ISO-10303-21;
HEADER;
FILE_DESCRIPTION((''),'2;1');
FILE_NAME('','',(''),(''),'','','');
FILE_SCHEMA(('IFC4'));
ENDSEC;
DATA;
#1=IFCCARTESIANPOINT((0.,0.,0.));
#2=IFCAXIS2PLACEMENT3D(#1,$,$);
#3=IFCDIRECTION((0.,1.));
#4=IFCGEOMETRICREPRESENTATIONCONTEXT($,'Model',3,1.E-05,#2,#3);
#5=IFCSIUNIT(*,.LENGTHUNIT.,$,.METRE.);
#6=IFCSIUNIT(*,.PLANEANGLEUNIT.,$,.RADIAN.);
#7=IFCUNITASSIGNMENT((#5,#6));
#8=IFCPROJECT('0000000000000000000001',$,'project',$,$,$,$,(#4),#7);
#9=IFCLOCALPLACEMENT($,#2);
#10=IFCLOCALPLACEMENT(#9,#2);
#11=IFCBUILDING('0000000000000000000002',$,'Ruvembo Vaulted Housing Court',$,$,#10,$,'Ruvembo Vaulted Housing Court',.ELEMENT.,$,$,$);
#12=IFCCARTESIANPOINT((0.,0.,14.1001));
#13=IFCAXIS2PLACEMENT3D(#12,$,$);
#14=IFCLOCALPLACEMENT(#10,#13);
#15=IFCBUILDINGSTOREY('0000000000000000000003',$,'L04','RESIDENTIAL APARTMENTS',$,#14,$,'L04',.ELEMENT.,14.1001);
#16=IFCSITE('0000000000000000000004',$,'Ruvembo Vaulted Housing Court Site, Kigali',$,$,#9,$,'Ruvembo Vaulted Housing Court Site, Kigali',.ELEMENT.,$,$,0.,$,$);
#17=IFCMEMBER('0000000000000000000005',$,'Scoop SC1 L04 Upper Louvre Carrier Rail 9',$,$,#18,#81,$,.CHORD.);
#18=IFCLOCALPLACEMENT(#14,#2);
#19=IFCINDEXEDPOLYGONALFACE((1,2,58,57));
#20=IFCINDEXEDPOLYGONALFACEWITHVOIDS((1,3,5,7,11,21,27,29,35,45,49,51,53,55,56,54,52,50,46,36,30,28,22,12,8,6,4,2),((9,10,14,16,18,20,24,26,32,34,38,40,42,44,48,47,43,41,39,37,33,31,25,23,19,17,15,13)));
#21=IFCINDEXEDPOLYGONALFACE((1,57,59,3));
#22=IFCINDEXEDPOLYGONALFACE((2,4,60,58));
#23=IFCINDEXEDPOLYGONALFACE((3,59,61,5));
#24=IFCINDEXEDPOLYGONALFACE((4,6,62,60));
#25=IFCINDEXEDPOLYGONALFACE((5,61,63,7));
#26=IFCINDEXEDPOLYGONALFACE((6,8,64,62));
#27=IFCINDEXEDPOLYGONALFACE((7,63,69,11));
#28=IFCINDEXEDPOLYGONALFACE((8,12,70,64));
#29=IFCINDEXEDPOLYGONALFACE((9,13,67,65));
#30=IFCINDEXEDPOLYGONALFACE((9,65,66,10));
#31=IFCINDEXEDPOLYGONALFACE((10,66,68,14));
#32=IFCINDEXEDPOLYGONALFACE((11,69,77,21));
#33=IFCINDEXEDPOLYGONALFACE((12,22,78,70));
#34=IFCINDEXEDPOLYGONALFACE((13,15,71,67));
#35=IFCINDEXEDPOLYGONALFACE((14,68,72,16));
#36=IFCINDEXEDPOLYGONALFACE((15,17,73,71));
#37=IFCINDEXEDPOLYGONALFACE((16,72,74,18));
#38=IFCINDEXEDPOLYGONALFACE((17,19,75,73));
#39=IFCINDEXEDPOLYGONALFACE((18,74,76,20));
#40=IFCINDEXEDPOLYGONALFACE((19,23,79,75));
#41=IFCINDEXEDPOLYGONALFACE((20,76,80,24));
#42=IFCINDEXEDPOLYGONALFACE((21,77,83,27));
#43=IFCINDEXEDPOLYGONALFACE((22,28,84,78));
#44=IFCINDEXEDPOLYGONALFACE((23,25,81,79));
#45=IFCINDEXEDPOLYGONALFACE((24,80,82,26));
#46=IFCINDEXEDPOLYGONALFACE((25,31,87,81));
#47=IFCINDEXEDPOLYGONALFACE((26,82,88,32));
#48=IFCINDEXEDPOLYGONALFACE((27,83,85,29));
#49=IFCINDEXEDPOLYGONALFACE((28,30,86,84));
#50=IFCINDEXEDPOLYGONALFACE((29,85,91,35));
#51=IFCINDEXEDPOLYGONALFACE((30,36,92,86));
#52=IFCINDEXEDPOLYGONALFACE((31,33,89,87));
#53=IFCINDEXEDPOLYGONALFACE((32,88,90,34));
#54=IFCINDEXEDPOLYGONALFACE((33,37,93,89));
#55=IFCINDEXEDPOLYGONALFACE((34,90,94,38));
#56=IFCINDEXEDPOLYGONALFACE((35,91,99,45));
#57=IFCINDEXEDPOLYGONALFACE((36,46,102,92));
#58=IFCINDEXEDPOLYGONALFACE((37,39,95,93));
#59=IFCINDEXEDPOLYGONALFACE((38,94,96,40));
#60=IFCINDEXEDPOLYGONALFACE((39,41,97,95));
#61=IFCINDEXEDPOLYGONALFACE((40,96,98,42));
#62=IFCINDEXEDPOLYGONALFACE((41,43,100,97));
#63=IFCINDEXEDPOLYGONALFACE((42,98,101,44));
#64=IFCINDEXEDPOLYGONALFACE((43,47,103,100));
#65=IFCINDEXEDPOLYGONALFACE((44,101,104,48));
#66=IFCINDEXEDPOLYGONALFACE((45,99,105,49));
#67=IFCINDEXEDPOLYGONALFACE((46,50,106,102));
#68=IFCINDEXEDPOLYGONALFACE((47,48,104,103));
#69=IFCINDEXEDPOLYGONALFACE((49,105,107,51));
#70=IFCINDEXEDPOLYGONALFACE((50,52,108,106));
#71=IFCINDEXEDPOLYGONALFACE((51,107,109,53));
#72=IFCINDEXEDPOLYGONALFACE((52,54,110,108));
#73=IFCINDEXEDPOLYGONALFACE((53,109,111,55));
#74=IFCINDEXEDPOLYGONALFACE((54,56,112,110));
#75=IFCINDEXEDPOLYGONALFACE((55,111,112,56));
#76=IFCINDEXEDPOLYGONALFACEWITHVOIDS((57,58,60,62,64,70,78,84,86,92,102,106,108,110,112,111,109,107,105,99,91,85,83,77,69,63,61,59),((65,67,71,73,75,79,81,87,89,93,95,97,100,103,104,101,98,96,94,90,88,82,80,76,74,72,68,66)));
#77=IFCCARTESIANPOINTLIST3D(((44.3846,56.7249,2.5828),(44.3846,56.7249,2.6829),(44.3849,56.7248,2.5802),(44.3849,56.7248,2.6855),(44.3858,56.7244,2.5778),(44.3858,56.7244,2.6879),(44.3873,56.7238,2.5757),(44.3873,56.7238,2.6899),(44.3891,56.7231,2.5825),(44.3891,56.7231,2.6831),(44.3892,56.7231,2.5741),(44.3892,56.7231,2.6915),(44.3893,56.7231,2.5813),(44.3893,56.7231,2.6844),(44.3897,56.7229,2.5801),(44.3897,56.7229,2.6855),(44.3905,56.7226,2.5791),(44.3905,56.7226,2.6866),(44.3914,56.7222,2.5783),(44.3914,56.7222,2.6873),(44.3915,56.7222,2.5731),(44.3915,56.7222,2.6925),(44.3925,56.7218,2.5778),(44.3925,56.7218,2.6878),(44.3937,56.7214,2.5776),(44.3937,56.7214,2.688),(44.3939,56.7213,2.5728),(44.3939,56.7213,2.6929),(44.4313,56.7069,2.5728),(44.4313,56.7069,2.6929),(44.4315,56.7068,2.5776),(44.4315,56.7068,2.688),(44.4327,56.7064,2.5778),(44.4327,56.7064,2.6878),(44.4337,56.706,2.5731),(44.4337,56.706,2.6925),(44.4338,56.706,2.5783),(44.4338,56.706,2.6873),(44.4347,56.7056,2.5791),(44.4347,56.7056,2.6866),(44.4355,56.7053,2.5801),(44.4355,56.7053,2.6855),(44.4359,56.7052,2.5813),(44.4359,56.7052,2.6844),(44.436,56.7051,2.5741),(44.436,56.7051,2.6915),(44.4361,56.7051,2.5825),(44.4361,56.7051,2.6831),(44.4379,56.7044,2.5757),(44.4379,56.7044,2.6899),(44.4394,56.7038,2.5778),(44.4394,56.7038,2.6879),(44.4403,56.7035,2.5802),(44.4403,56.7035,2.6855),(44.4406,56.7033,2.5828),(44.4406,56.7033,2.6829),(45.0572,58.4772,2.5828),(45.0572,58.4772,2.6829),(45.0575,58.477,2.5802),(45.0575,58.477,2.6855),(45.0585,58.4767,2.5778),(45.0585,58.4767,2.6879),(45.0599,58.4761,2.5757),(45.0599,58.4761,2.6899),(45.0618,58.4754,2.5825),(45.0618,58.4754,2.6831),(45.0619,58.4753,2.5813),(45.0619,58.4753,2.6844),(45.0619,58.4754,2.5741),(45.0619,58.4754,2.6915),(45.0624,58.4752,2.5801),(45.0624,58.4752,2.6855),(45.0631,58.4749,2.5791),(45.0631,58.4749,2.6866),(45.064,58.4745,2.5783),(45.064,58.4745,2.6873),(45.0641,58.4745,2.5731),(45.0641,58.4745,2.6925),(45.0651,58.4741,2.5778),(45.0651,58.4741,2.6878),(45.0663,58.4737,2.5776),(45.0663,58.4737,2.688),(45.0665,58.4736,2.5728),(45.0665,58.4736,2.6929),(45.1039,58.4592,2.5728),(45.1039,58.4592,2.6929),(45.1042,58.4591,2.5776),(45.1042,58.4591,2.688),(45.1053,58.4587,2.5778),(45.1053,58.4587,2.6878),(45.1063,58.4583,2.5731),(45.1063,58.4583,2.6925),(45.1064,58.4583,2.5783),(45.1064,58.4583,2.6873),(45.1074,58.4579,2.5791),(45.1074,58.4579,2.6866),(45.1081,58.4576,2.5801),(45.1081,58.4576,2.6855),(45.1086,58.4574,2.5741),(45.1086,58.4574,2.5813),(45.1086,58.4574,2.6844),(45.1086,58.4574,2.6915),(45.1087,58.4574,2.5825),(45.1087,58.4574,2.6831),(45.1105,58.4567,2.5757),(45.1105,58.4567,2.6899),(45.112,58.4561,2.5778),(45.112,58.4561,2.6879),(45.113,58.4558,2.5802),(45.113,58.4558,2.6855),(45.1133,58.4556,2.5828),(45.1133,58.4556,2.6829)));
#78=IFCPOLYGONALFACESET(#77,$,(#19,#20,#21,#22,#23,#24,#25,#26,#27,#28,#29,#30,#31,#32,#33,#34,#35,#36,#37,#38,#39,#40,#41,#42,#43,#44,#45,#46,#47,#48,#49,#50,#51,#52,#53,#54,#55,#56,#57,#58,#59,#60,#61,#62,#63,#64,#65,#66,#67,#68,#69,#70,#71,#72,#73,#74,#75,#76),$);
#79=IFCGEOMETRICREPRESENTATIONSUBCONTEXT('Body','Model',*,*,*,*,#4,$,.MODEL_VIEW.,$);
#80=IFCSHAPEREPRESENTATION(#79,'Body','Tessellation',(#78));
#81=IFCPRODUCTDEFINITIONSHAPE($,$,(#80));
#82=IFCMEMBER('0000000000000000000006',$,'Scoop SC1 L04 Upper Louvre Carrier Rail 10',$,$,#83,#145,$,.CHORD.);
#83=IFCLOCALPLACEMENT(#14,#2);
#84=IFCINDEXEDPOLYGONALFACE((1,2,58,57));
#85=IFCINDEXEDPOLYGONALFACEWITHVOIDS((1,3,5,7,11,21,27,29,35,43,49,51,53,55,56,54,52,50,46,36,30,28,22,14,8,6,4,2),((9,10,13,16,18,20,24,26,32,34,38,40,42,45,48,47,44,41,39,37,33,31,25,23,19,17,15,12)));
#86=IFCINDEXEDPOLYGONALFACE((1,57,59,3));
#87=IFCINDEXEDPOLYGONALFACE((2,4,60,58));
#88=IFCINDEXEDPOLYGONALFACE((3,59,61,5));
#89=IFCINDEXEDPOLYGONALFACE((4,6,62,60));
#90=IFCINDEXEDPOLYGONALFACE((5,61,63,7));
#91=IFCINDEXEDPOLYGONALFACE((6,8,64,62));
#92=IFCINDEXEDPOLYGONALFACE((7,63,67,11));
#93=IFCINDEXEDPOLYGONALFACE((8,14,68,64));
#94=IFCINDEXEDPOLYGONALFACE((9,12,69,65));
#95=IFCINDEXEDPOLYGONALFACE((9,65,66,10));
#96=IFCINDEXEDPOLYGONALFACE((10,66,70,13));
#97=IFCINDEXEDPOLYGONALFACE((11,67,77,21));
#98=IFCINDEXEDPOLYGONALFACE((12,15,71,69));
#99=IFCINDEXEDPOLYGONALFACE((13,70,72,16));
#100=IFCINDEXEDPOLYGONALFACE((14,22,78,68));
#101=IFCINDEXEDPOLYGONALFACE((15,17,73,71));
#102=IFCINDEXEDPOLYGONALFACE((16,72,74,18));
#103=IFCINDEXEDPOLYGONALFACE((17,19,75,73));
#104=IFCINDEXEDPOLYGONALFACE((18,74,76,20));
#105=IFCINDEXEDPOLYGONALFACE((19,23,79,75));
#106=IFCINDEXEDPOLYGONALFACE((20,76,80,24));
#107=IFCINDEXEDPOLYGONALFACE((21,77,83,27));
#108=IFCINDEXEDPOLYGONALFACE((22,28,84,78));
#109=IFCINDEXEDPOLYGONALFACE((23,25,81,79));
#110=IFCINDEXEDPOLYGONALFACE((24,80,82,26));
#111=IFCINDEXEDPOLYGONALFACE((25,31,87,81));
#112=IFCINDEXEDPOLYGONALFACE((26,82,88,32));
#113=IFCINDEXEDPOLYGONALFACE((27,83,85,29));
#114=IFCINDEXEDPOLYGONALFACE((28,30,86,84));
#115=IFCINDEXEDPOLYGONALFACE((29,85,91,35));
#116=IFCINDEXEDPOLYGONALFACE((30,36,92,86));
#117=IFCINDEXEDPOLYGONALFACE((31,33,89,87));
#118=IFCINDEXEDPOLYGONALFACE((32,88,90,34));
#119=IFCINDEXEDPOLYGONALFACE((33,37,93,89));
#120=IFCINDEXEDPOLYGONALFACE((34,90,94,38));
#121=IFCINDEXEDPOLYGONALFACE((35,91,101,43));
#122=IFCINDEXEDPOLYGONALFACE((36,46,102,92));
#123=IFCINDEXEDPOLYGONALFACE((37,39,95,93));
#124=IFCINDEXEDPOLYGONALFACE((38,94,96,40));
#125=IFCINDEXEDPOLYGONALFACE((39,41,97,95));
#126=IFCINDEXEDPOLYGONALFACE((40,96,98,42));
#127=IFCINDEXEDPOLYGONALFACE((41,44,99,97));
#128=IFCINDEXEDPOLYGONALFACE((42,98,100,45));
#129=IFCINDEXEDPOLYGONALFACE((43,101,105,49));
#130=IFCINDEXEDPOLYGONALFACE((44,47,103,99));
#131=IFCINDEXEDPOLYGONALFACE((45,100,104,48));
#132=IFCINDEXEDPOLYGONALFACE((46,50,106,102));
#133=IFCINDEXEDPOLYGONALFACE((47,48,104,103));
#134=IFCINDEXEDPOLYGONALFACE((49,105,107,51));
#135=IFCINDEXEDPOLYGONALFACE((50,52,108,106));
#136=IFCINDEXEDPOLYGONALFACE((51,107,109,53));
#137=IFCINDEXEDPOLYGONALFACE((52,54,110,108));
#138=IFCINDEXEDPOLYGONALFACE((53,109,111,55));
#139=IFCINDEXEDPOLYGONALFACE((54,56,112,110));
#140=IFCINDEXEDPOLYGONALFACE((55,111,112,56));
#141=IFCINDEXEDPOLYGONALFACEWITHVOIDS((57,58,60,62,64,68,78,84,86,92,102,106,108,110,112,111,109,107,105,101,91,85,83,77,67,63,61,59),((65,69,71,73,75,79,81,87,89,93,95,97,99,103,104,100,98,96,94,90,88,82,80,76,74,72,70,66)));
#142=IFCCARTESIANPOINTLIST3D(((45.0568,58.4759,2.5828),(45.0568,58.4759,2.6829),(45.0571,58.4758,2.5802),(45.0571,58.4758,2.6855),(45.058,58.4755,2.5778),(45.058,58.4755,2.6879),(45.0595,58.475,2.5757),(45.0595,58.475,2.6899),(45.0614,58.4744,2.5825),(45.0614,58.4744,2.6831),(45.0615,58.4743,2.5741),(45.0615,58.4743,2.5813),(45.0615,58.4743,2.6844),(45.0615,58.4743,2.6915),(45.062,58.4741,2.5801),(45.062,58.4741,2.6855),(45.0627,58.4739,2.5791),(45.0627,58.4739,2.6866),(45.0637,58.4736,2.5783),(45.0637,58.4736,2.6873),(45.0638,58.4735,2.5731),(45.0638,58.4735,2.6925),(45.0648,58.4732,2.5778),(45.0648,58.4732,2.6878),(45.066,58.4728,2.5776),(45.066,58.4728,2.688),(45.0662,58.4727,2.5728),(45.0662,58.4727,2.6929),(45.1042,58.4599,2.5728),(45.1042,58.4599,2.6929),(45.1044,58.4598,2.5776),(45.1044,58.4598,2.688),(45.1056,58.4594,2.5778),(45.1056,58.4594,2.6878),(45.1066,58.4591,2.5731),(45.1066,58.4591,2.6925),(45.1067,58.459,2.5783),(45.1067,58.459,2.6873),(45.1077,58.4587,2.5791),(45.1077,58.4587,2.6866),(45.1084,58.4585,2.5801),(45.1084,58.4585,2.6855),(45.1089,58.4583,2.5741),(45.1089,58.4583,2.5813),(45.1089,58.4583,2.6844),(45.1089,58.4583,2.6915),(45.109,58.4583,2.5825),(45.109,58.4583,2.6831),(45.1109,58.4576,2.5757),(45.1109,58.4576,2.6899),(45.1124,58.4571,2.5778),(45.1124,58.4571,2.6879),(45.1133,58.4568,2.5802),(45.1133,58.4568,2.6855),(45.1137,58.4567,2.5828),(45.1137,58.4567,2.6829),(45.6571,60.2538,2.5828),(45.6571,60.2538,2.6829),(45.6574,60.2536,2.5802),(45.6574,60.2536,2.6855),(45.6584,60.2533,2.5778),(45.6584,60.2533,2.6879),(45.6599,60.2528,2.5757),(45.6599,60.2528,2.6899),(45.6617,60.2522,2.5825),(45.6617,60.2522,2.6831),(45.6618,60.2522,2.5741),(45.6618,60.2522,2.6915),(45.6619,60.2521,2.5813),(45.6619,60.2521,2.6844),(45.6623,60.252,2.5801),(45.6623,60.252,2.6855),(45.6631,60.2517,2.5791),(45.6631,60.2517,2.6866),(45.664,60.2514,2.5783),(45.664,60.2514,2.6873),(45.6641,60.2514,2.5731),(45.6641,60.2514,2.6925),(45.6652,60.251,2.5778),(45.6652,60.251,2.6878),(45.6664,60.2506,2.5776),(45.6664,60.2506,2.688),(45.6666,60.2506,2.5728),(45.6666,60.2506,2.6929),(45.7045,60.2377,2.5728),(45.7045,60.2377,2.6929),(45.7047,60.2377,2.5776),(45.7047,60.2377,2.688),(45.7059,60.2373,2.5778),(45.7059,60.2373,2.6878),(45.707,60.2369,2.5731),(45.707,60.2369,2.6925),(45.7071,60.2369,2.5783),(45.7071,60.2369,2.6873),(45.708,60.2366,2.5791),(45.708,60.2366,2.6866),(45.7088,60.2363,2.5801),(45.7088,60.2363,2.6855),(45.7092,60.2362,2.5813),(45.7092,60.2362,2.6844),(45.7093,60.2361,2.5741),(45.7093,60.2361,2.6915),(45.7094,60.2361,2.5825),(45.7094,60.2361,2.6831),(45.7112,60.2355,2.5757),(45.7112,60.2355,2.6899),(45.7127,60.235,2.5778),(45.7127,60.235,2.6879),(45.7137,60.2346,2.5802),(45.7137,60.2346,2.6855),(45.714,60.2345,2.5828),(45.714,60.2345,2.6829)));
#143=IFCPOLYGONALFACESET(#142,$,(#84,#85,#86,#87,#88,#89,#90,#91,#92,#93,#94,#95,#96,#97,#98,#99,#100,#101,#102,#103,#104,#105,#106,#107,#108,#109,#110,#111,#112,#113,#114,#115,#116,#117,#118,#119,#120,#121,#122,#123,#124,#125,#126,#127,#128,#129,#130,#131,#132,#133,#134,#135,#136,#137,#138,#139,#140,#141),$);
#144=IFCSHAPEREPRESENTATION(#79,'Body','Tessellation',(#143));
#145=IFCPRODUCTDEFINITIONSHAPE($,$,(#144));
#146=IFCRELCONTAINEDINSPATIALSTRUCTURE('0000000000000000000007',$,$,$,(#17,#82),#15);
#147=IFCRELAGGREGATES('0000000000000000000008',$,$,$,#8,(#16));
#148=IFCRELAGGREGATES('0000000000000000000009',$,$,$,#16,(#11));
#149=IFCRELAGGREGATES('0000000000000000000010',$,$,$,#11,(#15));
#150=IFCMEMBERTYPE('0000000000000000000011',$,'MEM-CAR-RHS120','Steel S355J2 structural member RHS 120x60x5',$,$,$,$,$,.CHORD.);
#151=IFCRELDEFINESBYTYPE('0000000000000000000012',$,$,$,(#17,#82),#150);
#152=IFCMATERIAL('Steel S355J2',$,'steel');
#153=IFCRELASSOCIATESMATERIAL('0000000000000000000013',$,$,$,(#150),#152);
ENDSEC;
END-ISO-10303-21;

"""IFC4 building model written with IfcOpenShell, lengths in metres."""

from ifc_helpers import new_model, si_unit, direction, frame, origin, origin_2d, place, context, subcontext, project, spatial, hollow_rectangle, extrude, material, material_profile, profile_set, type_object, element, save


model = new_model("IFC4")

# Units and contexts
model_context = context("Model", 3, precision=1e-05, world=origin(), true_north=direction((0.0, 1.0)))
body_context = subcontext(model_context, "Body", "Model", "MODEL_VIEW")
ifc_project = project(units=[si_unit("LENGTHUNIT", "METRE"), si_unit("PLANEANGLEUNIT", "RADIAN")], contexts=[model_context])

# Site, building, storey
site_placement = place(None, origin())
site = spatial("IfcSite", under=ifc_project, at=site_placement, Name="Ruvembo Vaulted Housing Court Site, Kigali", LongName="Ruvembo Vaulted Housing Court Site, Kigali", CompositionType="ELEMENT", RefElevation=0.0)
building_placement = place(site_placement, origin())
building = spatial("IfcBuilding", under=site, at=building_placement, Name="Ruvembo Vaulted Housing Court", LongName="Ruvembo Vaulted Housing Court", CompositionType="ELEMENT")
storey_placement = place(building_placement, frame((0.0, 0.0, 14.1001)))
storey = spatial("IfcBuildingStorey", under=building, at=storey_placement, Name="L04", Description="RESIDENTIAL APARTMENTS", LongName="L04", CompositionType="ELEMENT", Elevation=14.1001)

# Shared definitions
ifc_material_1 = material(Name="Steel S355J2", Category="steel")

# Members
ifc_material_profile_1 = material_profile(ifc_material_1, hollow_rectangle(XDim=0.0601, YDim=0.1201, WallThickness=0.0049, InnerFilletRadius=0.0049, OuterFilletRadius=0.01, at=origin_2d()), Name="RHS 120x60x5")
ifc_profile_set_1 = profile_set([ifc_material_profile_1], Name="Steel S355J2")
member_type_1 = type_object("IfcMemberType", Name="MEM-CAR-RHS120", Description="Steel S355J2 structural member RHS 120x60x5", PredefinedType="CHORD", material=ifc_profile_set_1)
member_1_placement = place(storey_placement, frame((44.4126, 56.7141, 2.6328), z_axis=(0.358369, 0.93358, 0.0), x_axis=(-0.93358, 0.358369, 0.0)))
element("IfcMember", 1, at=member_1_placement, inside=storey, type_object=member_type_1, Name="Scoop SC1 L04 Upper Louvre Carrier Rail 9", PredefinedType="CHORD", context=body_context, shape_type="SweptSolid", body=[
    extrude(hollow_rectangle(XDim=0.0601, YDim=0.1201, WallThickness=0.0049, InnerFilletRadius=0.0049, OuterFilletRadius=0.01, at=origin_2d()), origin(), (0.0, 0.0, 1.0), 1.877),
])
member_2_placement = place(storey_placement, frame((45.0852, 58.4663, 2.6328), z_axis=(0.319933, 0.94744, 0.0), x_axis=(-0.94744, 0.319933, 0.0)))
element("IfcMember", 2, at=member_2_placement, inside=storey, type_object=member_type_1, Name="Scoop SC1 L04 Upper Louvre Carrier Rail 10", PredefinedType="CHORD", context=body_context, shape_type="SweptSolid", body=[
    extrude(hollow_rectangle(XDim=0.0601, YDim=0.1201, WallThickness=0.0049, InnerFilletRadius=0.0049, OuterFilletRadius=0.01, at=origin_2d()), origin(), (0.0, 0.0, 1.0), 1.8765),
])

save(model, "model.ifc")
